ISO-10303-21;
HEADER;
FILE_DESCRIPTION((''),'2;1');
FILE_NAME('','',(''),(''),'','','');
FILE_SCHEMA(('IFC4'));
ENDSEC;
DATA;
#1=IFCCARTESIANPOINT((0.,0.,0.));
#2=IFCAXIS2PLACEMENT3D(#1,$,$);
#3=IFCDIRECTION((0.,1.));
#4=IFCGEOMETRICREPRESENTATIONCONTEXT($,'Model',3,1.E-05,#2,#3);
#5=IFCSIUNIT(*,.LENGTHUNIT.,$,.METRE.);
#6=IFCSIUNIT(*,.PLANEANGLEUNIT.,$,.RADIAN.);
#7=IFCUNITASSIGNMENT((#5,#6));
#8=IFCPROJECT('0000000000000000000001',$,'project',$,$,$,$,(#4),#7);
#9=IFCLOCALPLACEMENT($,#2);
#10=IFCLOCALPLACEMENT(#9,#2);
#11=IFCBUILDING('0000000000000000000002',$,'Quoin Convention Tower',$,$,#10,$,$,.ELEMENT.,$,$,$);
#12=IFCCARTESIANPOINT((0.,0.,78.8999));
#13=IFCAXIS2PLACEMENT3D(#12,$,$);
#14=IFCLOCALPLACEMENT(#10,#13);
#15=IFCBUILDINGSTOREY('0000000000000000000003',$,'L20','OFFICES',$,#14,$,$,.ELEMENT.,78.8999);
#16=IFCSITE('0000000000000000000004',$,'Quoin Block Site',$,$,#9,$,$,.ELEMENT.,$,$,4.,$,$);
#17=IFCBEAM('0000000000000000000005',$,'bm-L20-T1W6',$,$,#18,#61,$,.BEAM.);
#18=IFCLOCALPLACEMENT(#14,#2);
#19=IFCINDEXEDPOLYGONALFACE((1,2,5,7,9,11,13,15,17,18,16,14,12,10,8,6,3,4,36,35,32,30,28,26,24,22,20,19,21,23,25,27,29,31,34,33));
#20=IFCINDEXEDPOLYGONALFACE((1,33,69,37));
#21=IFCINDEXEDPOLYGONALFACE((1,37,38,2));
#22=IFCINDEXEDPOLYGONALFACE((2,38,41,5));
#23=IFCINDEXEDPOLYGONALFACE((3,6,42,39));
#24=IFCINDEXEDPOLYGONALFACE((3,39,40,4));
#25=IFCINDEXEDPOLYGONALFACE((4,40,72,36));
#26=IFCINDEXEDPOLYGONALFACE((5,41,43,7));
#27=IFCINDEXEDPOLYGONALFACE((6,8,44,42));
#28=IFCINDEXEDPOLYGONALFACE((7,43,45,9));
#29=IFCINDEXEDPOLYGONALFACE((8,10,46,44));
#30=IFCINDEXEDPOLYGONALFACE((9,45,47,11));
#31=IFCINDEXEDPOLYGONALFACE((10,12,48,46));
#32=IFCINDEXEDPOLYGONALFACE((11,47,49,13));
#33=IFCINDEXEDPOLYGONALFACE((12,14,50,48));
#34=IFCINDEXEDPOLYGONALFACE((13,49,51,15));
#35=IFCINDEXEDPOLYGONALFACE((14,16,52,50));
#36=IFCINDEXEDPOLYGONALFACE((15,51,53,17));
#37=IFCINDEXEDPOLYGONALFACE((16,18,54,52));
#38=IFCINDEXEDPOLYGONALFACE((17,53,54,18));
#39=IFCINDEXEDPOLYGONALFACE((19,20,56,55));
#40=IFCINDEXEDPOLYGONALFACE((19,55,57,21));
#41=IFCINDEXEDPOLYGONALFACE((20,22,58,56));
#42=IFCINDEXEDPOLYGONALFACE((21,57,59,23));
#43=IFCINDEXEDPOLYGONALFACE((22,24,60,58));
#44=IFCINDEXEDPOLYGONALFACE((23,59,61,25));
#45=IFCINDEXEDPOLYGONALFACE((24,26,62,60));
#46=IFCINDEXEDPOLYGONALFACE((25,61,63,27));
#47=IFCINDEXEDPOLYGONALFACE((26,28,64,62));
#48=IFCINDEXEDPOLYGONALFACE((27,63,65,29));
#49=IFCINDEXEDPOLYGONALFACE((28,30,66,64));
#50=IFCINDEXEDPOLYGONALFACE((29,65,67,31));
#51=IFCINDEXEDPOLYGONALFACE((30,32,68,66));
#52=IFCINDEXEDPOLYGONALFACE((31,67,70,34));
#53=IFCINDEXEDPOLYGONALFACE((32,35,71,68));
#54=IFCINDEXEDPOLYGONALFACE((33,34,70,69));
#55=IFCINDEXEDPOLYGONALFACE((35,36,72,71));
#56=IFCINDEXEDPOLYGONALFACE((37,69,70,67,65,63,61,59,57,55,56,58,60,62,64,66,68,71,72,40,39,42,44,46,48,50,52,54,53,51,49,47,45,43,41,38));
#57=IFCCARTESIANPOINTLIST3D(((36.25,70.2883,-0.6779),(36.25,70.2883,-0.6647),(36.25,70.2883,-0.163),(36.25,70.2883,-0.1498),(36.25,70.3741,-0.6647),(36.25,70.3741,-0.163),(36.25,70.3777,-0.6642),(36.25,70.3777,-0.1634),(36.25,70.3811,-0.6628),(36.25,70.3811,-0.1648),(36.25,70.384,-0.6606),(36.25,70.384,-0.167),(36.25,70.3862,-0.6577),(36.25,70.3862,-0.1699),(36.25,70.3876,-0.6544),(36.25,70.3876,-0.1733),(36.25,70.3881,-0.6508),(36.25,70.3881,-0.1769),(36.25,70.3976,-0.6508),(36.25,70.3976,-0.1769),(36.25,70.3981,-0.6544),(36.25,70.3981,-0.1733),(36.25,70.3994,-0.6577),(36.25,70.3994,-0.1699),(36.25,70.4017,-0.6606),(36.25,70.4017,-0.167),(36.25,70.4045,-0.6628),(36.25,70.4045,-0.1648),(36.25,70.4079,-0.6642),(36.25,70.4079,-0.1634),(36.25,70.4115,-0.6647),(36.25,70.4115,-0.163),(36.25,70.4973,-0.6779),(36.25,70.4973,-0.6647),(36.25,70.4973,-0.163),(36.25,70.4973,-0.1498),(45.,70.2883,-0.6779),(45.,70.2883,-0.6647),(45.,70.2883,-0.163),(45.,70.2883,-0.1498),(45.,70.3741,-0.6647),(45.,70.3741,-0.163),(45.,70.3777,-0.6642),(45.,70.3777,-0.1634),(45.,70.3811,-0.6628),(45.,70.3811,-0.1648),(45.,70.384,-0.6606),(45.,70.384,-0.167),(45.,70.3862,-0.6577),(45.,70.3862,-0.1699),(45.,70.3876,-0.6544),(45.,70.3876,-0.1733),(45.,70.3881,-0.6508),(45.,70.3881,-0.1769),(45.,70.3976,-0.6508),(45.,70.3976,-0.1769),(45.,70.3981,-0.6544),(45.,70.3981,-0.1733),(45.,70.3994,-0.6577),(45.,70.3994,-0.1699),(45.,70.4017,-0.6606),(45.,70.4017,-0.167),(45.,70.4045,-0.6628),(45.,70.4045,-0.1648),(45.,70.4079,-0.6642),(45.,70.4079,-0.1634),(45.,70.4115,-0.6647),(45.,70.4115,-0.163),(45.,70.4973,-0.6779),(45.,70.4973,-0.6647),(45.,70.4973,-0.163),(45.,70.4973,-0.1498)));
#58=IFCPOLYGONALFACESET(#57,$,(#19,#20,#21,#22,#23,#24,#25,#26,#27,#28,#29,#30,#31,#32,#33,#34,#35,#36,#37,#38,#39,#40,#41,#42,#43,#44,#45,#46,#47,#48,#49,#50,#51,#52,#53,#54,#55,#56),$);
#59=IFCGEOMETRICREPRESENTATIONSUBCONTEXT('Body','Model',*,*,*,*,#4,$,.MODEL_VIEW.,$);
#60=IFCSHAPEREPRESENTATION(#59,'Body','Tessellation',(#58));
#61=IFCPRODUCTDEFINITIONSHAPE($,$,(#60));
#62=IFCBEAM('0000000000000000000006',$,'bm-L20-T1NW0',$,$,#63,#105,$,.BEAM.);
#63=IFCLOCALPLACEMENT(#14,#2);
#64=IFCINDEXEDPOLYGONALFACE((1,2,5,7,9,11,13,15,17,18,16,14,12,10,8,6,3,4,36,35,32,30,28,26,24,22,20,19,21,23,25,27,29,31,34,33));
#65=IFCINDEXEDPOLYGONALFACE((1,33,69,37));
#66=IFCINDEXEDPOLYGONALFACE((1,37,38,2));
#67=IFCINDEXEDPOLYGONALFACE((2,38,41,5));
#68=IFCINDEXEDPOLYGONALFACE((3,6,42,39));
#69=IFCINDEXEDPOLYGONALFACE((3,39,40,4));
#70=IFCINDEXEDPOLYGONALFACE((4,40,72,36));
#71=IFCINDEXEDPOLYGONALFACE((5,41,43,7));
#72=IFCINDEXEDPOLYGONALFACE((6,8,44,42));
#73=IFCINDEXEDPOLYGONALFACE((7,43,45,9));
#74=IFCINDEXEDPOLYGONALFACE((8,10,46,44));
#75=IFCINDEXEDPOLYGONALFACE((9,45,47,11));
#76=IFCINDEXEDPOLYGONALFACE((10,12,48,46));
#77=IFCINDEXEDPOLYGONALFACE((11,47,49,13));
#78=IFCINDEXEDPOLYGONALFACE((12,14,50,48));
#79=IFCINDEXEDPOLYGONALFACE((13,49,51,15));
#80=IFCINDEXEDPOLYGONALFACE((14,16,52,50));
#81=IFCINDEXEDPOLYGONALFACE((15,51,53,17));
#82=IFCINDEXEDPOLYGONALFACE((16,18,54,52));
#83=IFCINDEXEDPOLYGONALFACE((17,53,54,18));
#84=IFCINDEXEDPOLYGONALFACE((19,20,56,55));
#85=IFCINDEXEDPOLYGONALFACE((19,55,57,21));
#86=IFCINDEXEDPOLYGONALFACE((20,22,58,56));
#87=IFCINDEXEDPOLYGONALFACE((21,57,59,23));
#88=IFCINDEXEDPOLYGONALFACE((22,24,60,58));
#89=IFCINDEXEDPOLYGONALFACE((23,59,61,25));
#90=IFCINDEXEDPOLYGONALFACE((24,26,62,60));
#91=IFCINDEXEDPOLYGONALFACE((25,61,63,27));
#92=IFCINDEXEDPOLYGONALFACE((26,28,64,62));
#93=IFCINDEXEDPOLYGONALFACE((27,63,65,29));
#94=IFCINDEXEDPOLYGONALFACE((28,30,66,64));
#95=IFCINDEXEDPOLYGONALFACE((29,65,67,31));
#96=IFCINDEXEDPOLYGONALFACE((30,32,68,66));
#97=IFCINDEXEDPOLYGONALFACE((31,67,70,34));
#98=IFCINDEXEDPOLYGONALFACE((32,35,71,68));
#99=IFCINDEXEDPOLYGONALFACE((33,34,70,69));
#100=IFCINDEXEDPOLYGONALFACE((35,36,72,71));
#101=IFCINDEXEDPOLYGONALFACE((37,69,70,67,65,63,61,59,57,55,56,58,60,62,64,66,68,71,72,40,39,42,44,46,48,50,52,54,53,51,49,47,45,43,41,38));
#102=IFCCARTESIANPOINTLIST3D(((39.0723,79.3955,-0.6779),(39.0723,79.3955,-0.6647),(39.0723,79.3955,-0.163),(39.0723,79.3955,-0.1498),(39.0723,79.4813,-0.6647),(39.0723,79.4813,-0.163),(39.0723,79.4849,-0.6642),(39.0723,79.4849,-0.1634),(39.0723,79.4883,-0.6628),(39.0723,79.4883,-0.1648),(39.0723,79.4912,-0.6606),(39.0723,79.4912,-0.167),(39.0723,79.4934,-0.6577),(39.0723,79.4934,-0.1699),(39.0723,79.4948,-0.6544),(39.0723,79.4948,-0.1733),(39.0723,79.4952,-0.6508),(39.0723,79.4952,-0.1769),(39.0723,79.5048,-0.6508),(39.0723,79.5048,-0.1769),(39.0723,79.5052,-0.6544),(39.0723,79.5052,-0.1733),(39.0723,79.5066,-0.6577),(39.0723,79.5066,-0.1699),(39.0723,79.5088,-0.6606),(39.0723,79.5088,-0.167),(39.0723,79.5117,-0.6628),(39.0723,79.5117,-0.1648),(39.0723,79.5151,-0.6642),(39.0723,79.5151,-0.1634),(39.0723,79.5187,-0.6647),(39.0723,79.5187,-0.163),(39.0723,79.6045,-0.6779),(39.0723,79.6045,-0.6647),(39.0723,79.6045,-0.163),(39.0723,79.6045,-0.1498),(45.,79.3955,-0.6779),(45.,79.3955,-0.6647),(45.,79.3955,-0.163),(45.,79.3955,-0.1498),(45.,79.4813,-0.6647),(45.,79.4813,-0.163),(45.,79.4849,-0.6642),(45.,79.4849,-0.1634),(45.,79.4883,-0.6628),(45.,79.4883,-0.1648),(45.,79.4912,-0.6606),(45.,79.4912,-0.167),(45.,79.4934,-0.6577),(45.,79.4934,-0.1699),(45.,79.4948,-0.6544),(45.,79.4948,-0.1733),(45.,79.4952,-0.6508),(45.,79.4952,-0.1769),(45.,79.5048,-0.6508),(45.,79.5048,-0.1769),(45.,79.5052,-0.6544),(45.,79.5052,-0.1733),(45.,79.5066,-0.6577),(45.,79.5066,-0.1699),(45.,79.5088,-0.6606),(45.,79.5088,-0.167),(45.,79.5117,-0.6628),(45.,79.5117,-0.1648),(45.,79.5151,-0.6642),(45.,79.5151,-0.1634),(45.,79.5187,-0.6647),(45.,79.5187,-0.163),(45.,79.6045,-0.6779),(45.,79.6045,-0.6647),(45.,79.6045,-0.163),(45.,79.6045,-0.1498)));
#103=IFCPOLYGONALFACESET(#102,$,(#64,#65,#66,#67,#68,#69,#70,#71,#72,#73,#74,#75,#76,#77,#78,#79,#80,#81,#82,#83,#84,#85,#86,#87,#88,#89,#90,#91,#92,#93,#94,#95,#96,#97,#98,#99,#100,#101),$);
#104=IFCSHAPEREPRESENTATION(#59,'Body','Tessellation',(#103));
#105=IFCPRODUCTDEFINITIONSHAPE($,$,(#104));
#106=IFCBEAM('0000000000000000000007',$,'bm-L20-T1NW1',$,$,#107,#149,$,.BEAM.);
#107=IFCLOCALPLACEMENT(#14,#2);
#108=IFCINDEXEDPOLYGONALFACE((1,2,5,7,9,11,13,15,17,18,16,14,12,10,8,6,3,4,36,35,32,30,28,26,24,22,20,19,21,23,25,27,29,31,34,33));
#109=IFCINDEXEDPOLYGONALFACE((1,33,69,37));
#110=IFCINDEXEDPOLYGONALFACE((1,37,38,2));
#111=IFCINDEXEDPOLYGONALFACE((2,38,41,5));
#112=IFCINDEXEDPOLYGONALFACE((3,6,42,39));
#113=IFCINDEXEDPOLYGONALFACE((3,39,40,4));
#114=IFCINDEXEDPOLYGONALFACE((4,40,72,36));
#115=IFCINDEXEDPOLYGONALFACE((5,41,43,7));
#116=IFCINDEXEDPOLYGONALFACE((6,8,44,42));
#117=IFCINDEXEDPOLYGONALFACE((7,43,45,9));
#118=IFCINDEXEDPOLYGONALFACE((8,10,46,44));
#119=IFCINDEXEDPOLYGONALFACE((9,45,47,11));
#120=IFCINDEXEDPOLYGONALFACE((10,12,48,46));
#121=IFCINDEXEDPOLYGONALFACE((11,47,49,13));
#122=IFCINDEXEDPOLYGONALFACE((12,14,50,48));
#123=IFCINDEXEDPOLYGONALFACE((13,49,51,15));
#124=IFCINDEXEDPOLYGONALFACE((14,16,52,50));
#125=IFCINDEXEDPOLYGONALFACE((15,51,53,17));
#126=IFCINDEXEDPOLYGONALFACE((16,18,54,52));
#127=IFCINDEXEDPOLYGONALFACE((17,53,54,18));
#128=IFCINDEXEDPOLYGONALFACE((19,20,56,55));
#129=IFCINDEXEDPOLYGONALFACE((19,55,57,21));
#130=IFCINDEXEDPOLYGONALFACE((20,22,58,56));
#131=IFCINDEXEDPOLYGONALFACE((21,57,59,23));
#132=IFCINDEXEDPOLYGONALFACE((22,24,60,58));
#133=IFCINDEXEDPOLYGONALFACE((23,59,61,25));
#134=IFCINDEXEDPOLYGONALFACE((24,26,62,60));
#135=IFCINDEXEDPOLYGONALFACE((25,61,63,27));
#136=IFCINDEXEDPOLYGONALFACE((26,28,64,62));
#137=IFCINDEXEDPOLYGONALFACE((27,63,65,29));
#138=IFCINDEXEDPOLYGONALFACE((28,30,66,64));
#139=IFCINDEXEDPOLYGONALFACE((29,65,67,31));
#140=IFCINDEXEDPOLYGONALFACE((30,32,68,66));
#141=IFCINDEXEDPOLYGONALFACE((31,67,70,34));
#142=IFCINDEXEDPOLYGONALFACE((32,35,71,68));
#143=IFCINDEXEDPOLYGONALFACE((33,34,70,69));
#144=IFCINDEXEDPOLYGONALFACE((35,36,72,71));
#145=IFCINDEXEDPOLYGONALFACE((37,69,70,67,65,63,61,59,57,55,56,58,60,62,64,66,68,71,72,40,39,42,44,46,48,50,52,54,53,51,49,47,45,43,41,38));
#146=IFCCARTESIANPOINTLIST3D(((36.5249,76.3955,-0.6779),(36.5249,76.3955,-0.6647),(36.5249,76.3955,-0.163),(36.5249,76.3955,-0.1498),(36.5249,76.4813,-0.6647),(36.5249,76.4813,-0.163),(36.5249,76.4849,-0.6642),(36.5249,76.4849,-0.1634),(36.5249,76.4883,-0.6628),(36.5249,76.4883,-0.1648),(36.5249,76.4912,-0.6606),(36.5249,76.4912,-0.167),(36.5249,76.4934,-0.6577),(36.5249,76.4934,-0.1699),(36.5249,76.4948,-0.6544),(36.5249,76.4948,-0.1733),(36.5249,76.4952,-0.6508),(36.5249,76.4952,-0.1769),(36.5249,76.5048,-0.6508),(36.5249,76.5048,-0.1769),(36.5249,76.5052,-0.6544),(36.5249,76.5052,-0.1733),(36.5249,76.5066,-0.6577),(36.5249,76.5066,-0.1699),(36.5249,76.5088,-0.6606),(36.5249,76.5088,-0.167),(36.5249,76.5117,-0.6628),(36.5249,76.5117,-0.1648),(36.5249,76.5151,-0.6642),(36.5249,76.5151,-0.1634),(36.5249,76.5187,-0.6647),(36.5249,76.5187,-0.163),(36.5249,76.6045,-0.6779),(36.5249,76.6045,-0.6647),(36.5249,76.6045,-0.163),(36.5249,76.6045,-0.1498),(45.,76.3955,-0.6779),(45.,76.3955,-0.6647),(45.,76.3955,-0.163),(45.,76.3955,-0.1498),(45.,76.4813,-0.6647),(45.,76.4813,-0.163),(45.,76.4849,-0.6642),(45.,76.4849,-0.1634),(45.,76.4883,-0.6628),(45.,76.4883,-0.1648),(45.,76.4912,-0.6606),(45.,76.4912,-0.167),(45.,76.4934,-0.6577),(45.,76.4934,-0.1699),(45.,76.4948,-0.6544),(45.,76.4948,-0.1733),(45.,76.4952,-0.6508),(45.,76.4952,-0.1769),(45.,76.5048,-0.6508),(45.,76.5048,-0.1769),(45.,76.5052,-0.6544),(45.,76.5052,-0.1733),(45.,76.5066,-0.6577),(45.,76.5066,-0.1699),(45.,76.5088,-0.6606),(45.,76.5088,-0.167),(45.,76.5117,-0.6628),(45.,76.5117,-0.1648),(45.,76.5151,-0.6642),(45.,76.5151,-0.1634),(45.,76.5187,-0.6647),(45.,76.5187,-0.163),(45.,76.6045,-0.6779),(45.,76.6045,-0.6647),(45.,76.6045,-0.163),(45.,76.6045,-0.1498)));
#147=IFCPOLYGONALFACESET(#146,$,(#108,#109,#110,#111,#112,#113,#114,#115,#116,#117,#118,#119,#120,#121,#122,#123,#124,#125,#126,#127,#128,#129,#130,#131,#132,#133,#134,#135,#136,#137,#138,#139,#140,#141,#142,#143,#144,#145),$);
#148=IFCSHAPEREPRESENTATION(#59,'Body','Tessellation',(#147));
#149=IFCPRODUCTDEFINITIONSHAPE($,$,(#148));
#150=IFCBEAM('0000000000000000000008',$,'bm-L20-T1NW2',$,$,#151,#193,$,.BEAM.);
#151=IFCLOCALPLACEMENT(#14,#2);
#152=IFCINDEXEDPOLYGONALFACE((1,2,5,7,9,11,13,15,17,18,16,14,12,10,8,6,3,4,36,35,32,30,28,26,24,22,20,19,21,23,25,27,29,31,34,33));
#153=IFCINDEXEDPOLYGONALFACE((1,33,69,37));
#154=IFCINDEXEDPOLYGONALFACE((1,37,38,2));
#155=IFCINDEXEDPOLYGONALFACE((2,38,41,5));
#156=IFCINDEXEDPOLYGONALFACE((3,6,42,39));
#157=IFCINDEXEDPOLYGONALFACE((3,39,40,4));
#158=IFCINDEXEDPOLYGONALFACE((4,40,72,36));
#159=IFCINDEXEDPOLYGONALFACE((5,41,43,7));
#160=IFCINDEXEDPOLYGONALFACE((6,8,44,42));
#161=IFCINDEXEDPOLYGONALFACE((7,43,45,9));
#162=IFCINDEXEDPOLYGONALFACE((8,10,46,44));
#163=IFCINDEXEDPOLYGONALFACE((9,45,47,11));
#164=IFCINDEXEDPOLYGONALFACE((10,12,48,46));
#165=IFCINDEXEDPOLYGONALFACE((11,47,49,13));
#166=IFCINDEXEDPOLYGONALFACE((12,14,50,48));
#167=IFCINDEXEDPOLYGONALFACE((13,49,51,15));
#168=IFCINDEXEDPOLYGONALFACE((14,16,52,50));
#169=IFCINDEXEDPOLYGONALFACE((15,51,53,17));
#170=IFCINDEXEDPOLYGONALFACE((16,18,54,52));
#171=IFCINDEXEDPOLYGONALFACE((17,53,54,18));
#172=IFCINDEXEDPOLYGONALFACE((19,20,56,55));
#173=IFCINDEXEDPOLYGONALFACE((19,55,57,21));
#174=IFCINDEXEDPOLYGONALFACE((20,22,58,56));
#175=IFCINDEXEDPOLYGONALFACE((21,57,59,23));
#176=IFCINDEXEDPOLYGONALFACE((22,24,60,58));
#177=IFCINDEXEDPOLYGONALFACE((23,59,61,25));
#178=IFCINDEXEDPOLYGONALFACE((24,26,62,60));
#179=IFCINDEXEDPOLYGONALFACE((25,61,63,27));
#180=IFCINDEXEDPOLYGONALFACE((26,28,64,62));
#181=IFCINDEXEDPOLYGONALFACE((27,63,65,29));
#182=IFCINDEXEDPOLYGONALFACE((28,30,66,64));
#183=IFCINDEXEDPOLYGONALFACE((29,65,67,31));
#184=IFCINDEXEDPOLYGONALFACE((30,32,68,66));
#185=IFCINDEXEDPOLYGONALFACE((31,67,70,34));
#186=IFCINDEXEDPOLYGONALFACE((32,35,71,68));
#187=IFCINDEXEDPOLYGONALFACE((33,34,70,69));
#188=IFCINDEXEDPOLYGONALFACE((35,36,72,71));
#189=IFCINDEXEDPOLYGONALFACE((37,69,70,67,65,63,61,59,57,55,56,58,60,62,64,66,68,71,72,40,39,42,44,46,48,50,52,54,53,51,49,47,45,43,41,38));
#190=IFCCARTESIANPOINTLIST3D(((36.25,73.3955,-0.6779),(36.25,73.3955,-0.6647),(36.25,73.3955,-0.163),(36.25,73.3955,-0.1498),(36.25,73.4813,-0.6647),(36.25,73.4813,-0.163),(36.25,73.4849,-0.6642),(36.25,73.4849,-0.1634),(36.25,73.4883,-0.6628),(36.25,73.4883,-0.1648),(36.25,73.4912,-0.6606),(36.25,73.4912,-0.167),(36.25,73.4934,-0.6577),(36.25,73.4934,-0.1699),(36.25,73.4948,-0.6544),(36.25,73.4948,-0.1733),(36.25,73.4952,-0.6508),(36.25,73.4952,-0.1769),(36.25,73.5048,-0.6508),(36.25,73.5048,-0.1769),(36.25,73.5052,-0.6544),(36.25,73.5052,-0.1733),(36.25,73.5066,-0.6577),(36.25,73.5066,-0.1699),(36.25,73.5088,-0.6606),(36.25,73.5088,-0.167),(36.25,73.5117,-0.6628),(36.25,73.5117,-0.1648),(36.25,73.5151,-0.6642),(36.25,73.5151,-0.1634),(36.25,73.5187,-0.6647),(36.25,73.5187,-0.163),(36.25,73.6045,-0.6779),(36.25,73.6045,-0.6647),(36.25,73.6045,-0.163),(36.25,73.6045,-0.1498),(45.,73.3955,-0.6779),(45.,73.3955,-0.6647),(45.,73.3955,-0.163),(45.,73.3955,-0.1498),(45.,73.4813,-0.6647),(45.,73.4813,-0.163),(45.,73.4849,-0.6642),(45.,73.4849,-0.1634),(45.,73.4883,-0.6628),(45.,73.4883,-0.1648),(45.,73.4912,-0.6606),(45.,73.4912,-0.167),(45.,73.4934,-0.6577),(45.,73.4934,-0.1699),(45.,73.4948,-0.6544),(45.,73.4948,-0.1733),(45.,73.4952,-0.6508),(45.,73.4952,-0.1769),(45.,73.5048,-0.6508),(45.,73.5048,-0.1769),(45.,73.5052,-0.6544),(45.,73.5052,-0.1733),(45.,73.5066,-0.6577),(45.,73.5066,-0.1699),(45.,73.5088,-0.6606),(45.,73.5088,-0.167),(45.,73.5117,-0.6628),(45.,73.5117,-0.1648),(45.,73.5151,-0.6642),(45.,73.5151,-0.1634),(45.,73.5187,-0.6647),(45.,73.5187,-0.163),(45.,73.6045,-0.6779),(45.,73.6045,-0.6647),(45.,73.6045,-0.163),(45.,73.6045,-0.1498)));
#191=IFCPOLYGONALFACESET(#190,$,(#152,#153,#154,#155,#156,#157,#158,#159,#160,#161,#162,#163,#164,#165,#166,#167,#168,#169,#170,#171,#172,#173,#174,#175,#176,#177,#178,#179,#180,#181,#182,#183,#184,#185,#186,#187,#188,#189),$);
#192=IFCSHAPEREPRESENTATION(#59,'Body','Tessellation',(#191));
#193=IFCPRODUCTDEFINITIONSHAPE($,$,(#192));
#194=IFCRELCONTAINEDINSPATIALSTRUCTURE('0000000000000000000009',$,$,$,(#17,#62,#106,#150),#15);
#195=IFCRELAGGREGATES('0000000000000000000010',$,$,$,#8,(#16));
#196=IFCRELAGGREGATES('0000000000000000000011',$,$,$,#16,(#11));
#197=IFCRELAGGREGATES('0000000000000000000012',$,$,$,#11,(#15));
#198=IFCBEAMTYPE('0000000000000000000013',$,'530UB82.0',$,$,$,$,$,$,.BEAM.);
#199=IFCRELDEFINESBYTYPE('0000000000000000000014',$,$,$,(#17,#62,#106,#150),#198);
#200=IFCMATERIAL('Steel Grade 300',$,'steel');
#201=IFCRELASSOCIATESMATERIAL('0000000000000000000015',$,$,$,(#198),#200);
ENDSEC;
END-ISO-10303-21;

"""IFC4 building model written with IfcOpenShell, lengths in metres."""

from ifc_helpers import new_model, si_unit, direction, frame, origin, origin_2d, place, context, subcontext, project, spatial, i_section, extrude, material, material_profile, profile_set, type_object, element, save


model = new_model("IFC4")

# Units and contexts
model_context = context("Model", 3, precision=1e-05, world=origin(), true_north=direction((0.0, 1.0)))
body_context = subcontext(model_context, "Body", "Model", "MODEL_VIEW")
ifc_project = project(units=[si_unit("LENGTHUNIT", "METRE"), si_unit("PLANEANGLEUNIT", "RADIAN")], contexts=[model_context])

# Site, building, storey
site_placement = place(None, origin())
site = spatial("IfcSite", under=ifc_project, at=site_placement, Name="Quoin Block Site", CompositionType="ELEMENT", RefElevation=4.0)
building_placement = place(site_placement, origin())
building = spatial("IfcBuilding", under=site, at=building_placement, Name="Quoin Convention Tower", CompositionType="ELEMENT")
storey_placement = place(building_placement, frame((0.0, 0.0, 78.8999)))
storey = spatial("IfcBuildingStorey", under=building, at=storey_placement, Name="L20", Description="OFFICES", CompositionType="ELEMENT", Elevation=78.8999)

# Beams
ifc_material_1 = material(Name="Steel Grade 300", Category="steel")
ifc_material_profile_1 = material_profile(ifc_material_1, i_section(OverallWidth=0.209, OverallDepth=0.5281, WebThickness=0.0095, FlangeThickness=0.0132, FilletRadius=0.0139, at=origin_2d()), Name="530UB82.0")
ifc_profile_set_1 = profile_set([ifc_material_profile_1], Name="Steel Grade 300")
beam_type_1 = type_object("IfcBeamType", Name="530UB82.0", PredefinedType="BEAM", material=ifc_profile_set_1)
beam_1_placement = place(storey_placement, frame((36.25, 70.3928, -0.4138), z_axis=(1.0, 0.0, 0.0), x_axis=(0.0, 1.0, 0.0)))
element("IfcBeam", 1, at=beam_1_placement, inside=storey, type_object=beam_type_1, Name="bm-L20-T1W6", PredefinedType="BEAM", context=body_context, shape_type="SweptSolid", body=[
    extrude(i_section(OverallWidth=0.209, OverallDepth=0.5281, WebThickness=0.0095, FlangeThickness=0.0132, FilletRadius=0.0139, at=origin_2d()), origin(), (0.0, 0.0, 1.0), 8.75),
])
beam_2_placement = place(storey_placement, frame((39.0723, 79.5, -0.4138), z_axis=(1.0, 0.0, 0.0), x_axis=(0.0, 1.0, 0.0)))
element("IfcBeam", 2, at=beam_2_placement, inside=storey, type_object=beam_type_1, Name="bm-L20-T1NW0", PredefinedType="BEAM", context=body_context, shape_type="SweptSolid", body=[
    extrude(i_section(OverallWidth=0.209, OverallDepth=0.5281, WebThickness=0.0095, FlangeThickness=0.0132, FilletRadius=0.0139, at=origin_2d()), origin(), (0.0, 0.0, 1.0), 5.9277),
])
beam_3_placement = place(storey_placement, frame((36.5249, 76.5, -0.4138), z_axis=(1.0, 0.0, 0.0), x_axis=(0.0, 1.0, 0.0)))
element("IfcBeam", 3, at=beam_3_placement, inside=storey, type_object=beam_type_1, Name="bm-L20-T1NW1", PredefinedType="BEAM", context=body_context, shape_type="SweptSolid", body=[
    extrude(i_section(OverallWidth=0.209, OverallDepth=0.5281, WebThickness=0.0095, FlangeThickness=0.0132, FilletRadius=0.0139, at=origin_2d()), origin(), (0.0, 0.0, 1.0), 8.4751),
])
beam_4_placement = place(storey_placement, frame((36.25, 73.5, -0.4138), z_axis=(1.0, 0.0, 0.0), x_axis=(0.0, 1.0, 0.0)))
element("IfcBeam", 4, at=beam_4_placement, inside=storey, type_object=beam_type_1, Name="bm-L20-T1NW2", PredefinedType="BEAM", context=body_context, shape_type="SweptSolid", body=[
    extrude(i_section(OverallWidth=0.209, OverallDepth=0.5281, WebThickness=0.0095, FlangeThickness=0.0132, FilletRadius=0.0139, at=origin_2d()), origin(), (0.0, 0.0, 1.0), 8.75),
])

save(model, "model.ifc")
